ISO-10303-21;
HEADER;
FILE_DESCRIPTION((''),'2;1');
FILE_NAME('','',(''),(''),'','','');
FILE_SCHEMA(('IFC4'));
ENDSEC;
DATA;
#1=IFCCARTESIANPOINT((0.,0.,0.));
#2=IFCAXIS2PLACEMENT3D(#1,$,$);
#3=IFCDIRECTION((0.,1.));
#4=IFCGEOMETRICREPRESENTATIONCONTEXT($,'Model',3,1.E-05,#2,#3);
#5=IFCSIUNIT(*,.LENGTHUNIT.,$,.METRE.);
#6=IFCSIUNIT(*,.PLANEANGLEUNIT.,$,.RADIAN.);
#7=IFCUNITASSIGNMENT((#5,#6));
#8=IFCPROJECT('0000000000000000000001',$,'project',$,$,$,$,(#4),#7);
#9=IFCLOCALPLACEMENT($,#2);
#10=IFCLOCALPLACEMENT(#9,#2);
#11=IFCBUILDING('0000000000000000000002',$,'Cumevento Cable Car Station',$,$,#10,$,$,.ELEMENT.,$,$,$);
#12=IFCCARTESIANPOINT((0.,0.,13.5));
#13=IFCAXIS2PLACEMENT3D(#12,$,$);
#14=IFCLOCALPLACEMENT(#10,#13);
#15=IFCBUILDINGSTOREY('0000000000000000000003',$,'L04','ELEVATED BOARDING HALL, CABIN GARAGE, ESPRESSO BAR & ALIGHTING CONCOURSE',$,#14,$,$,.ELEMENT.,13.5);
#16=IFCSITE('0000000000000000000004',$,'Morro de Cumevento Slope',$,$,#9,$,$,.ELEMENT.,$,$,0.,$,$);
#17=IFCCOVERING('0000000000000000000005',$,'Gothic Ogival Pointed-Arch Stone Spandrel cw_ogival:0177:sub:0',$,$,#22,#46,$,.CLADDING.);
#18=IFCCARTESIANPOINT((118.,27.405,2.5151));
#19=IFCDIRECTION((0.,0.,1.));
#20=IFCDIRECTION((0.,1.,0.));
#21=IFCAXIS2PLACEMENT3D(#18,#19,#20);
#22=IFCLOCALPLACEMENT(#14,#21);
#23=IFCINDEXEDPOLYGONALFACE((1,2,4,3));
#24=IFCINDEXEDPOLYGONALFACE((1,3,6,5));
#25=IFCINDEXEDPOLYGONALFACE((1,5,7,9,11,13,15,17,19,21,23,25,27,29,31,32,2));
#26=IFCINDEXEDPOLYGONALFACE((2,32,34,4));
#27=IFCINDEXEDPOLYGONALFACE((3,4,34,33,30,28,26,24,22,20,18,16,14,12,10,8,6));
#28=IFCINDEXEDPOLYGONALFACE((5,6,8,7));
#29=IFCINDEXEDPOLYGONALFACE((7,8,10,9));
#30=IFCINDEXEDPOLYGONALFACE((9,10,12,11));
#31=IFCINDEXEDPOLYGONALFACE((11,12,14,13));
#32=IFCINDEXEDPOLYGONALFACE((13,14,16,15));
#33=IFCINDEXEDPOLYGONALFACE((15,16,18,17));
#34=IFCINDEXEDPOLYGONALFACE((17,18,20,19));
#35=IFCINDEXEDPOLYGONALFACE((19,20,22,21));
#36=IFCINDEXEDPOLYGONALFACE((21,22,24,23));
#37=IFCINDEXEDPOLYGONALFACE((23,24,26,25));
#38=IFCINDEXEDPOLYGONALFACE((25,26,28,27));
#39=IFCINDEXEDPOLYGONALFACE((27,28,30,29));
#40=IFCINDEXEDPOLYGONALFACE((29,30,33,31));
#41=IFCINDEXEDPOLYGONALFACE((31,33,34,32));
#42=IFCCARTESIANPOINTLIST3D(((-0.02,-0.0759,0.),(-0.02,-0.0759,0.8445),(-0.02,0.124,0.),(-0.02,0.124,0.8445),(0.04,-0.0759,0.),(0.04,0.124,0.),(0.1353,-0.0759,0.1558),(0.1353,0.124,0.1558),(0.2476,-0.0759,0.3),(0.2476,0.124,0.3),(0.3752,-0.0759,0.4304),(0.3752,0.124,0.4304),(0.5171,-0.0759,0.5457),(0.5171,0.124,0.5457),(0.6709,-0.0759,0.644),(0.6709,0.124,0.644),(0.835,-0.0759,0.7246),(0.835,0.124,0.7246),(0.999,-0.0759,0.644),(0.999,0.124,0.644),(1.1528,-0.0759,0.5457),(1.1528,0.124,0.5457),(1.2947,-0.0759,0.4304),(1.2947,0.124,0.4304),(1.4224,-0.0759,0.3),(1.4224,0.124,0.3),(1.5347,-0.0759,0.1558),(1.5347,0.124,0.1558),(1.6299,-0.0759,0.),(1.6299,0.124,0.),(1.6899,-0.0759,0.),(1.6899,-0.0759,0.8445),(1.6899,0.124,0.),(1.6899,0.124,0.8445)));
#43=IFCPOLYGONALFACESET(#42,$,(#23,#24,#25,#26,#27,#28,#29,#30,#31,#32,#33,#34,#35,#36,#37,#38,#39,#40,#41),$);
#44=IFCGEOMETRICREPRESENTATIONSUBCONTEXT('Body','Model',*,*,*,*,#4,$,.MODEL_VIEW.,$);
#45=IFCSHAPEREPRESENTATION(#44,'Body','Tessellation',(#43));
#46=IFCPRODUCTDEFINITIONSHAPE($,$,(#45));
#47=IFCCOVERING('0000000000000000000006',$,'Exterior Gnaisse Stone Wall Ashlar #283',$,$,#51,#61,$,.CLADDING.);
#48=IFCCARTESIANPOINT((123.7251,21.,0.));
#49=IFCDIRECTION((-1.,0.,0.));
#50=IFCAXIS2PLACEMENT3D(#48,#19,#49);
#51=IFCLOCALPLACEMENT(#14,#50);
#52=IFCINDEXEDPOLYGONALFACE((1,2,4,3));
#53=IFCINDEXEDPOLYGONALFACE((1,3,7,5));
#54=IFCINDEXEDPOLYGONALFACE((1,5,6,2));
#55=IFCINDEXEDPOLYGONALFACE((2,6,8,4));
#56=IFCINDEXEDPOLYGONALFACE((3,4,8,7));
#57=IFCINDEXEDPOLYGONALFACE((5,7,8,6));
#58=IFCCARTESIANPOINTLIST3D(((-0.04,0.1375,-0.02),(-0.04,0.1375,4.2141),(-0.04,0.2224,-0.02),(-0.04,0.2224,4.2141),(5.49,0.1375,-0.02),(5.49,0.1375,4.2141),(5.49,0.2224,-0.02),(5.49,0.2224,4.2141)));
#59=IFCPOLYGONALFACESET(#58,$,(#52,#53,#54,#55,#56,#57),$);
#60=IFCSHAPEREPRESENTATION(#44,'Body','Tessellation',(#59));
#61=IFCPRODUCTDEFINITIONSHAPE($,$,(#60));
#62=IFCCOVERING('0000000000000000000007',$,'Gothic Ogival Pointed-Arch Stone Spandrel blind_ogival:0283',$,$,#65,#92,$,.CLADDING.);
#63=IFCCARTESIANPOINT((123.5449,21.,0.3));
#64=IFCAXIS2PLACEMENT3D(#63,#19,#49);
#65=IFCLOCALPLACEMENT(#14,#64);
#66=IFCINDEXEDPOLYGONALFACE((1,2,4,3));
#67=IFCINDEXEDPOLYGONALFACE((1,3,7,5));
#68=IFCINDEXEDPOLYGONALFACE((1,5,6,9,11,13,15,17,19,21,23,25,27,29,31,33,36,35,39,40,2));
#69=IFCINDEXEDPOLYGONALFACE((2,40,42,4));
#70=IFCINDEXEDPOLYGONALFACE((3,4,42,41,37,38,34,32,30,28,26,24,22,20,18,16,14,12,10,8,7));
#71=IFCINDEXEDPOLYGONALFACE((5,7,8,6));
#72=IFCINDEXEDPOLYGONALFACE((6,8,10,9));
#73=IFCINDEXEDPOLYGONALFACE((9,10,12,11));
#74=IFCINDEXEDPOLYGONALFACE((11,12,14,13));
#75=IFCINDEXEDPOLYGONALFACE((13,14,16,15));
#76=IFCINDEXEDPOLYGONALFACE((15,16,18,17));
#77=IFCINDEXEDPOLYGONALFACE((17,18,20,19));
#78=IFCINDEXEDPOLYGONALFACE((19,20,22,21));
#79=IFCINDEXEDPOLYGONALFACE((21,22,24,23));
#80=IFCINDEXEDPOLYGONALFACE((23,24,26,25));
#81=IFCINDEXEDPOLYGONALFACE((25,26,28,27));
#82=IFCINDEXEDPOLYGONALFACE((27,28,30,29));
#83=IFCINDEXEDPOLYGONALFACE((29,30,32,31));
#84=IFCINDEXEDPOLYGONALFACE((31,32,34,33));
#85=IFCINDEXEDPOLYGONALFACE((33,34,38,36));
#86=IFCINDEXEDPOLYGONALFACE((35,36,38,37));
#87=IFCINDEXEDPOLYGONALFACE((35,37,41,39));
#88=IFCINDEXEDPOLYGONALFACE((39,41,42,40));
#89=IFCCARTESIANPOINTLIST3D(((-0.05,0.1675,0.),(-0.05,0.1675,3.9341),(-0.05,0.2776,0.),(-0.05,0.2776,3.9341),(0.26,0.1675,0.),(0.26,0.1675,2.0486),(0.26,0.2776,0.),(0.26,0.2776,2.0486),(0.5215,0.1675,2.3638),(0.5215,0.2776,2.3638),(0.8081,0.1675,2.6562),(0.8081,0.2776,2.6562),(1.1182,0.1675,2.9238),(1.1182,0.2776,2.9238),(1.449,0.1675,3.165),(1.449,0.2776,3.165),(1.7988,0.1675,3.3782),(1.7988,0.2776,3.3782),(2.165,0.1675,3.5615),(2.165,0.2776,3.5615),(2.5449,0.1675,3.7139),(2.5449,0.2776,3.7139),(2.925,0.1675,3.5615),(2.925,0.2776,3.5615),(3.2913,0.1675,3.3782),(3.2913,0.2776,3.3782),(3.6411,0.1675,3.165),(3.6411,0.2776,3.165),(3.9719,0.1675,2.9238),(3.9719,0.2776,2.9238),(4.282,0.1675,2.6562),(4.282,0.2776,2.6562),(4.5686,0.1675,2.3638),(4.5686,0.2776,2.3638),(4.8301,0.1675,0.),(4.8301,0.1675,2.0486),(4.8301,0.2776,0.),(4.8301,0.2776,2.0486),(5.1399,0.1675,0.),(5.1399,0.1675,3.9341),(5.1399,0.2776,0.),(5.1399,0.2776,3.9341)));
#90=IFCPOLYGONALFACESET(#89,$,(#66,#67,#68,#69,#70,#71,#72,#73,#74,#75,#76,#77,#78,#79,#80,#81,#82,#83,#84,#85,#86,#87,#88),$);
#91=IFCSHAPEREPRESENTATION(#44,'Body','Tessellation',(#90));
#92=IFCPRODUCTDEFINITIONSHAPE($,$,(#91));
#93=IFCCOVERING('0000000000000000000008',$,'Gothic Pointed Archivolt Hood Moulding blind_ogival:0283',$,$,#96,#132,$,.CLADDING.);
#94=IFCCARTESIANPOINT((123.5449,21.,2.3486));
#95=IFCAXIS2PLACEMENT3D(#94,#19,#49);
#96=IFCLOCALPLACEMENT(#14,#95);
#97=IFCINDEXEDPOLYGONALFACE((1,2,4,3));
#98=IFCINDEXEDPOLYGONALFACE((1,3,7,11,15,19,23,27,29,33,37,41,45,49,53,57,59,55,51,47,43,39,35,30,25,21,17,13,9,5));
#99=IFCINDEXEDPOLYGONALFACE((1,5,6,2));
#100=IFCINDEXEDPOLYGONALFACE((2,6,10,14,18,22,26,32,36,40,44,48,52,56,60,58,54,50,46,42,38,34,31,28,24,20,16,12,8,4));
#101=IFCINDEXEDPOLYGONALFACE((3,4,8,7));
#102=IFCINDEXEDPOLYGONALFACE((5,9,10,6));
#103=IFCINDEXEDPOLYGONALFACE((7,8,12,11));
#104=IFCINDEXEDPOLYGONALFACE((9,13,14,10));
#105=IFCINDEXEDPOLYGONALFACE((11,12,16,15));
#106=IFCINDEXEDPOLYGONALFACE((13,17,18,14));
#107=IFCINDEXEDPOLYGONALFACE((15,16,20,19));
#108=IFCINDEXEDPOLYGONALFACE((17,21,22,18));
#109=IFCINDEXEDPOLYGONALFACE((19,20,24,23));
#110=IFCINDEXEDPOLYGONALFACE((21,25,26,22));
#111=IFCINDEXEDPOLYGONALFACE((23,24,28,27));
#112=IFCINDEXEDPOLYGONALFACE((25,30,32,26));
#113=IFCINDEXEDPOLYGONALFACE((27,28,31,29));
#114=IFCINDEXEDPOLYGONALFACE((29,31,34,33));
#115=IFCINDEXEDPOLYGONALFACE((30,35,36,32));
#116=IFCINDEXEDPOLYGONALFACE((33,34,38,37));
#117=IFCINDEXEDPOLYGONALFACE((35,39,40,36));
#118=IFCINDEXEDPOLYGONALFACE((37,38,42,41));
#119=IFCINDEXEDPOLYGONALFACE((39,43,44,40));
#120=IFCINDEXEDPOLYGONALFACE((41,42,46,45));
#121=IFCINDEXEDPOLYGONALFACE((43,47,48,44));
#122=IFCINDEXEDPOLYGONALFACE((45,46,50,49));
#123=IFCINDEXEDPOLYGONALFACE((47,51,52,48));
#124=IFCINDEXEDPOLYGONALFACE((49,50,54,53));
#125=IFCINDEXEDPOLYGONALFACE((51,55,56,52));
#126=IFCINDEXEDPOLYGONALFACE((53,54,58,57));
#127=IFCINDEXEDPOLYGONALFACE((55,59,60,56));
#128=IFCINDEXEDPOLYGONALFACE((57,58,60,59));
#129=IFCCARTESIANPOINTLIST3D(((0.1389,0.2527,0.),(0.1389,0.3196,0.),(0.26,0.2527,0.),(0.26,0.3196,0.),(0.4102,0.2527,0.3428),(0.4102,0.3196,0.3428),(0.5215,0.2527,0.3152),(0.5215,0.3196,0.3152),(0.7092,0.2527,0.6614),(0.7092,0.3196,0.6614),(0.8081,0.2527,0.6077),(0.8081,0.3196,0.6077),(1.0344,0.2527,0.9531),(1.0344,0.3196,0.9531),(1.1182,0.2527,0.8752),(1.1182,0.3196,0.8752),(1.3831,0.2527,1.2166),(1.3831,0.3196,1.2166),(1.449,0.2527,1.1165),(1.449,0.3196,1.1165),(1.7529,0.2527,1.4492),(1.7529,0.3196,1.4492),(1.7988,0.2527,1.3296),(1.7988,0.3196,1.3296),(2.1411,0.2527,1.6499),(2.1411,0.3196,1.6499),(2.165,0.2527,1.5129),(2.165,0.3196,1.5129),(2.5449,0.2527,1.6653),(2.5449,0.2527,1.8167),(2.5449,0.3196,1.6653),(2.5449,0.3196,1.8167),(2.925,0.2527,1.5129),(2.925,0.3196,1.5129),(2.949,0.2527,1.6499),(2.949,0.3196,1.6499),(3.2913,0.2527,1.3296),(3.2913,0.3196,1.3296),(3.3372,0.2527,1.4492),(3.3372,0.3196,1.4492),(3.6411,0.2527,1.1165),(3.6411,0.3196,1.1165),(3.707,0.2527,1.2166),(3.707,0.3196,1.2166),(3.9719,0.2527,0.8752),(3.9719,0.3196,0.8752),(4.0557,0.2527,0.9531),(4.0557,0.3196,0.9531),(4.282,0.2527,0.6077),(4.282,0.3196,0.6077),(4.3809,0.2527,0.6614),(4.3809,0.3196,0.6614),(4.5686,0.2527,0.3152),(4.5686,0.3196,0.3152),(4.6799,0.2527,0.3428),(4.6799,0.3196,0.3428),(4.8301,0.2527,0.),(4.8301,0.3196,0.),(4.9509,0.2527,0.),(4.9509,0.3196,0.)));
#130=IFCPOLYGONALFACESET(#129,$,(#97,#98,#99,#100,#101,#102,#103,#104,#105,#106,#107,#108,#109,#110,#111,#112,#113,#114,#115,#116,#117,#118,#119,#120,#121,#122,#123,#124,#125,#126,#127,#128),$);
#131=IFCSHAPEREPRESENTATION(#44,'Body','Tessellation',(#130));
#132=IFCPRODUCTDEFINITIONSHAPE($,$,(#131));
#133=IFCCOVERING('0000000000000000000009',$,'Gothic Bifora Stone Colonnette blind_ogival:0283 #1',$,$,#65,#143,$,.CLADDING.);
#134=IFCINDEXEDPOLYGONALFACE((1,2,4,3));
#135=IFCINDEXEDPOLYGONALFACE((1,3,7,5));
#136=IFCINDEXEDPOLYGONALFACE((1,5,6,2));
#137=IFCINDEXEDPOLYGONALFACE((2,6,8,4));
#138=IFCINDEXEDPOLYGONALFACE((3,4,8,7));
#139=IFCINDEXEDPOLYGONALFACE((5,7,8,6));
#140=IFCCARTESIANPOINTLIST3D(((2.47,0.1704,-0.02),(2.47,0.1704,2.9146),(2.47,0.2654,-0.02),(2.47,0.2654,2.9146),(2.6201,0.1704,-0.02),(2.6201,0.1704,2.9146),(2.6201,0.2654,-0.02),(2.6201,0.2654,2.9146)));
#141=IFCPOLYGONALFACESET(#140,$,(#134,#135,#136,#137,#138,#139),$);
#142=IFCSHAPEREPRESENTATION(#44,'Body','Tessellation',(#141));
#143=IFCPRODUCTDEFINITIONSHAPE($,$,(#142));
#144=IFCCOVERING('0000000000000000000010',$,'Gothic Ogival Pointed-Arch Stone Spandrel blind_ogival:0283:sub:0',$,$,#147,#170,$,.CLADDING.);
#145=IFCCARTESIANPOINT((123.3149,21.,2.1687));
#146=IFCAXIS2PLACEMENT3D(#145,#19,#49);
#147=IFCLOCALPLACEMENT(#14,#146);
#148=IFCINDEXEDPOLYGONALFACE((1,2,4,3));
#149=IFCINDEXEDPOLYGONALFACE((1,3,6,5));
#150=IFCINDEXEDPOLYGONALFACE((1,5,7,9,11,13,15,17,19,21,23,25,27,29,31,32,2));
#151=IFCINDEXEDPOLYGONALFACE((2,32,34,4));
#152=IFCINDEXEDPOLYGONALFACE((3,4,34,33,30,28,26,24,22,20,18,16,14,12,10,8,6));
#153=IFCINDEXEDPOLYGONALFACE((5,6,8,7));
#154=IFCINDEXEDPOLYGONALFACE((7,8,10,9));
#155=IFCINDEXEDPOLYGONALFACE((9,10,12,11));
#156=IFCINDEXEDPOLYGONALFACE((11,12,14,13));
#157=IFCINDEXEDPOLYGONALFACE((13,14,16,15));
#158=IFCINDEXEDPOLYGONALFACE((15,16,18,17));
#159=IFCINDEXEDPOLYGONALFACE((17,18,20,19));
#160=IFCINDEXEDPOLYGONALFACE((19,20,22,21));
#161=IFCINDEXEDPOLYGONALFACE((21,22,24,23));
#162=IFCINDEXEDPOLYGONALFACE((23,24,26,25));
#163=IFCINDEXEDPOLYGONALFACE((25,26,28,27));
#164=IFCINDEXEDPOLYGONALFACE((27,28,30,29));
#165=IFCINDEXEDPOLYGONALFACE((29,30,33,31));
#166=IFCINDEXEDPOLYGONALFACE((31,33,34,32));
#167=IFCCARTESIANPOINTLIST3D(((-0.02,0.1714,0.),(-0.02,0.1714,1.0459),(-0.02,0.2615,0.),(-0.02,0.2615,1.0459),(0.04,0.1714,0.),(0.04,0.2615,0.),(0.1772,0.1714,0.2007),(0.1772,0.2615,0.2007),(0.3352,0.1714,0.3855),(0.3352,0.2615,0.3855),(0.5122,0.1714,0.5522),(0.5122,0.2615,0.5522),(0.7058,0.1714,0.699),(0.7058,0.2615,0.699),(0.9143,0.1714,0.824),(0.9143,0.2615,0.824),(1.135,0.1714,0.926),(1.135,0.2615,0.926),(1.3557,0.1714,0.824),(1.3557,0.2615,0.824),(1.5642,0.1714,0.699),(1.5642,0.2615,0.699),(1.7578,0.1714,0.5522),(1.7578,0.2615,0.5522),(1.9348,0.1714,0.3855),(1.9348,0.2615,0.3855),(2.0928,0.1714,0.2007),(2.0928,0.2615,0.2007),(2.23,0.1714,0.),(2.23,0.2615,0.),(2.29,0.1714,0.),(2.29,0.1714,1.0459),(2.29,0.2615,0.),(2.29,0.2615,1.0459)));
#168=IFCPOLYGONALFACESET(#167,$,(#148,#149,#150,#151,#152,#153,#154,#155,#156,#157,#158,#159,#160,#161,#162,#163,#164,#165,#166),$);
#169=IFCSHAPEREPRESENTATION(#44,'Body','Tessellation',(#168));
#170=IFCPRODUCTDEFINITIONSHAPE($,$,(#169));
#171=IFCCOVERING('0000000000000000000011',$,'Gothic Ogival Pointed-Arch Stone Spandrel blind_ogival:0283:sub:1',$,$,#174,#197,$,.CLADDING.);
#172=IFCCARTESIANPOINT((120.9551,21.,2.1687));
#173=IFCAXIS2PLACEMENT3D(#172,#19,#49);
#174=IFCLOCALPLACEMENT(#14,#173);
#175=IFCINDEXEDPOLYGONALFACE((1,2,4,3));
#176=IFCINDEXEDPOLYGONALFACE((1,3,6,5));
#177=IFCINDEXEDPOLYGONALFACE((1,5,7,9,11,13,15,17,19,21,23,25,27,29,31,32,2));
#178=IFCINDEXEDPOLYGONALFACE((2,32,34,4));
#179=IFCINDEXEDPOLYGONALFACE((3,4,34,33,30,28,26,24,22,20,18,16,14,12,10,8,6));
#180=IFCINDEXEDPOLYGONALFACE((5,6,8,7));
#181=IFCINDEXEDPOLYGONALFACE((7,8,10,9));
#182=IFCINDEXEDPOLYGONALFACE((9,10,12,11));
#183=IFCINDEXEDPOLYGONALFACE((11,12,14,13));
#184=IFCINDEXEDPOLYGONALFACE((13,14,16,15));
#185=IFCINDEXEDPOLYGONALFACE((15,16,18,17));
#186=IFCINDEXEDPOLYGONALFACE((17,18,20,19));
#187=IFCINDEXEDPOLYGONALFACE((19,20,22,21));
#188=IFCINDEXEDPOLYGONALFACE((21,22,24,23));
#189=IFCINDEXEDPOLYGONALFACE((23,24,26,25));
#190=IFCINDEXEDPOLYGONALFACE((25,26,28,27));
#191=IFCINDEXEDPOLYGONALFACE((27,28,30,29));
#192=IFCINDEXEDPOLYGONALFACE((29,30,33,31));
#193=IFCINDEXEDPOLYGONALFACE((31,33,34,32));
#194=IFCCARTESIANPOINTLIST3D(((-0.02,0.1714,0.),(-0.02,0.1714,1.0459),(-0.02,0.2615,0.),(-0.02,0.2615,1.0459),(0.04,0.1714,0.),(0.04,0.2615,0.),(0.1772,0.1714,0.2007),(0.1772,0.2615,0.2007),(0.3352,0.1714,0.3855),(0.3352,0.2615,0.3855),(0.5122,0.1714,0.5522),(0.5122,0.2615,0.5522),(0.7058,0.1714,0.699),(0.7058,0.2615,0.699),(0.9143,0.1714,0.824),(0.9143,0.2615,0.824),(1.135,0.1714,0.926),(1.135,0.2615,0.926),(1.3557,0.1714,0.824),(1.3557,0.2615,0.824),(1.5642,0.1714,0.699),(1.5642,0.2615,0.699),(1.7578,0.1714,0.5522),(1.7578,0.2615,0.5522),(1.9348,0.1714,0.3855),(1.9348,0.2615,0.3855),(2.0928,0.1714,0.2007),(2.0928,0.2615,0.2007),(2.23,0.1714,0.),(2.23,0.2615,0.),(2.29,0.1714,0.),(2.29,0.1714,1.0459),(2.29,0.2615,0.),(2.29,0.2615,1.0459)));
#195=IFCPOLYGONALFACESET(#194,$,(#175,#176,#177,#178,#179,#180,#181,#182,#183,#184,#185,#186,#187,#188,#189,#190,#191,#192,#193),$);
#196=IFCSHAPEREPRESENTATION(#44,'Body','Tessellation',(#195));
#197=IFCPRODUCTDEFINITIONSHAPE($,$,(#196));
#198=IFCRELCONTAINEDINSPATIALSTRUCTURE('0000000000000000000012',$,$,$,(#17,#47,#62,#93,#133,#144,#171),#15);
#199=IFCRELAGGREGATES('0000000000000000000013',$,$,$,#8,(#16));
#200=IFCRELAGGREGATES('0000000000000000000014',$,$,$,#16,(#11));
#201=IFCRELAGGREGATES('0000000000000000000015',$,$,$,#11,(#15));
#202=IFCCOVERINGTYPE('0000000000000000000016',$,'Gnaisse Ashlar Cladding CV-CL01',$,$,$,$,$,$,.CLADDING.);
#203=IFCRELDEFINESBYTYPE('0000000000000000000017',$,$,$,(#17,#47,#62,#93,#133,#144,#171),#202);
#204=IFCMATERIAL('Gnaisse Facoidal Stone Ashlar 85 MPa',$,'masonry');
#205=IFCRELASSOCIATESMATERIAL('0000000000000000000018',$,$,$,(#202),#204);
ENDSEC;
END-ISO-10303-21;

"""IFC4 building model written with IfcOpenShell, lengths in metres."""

from ifc_helpers import new_model, si_unit, direction, frame, origin, place, context, subcontext, project, spatial, polyline, outline, extrude, material, type_object, element, save


model = new_model("IFC4")

# Units and contexts
model_context = context("Model", 3, precision=1e-05, world=origin(), true_north=direction((0.0, 1.0)))
body_context = subcontext(model_context, "Body", "Model", "MODEL_VIEW")
ifc_project = project(units=[si_unit("LENGTHUNIT", "METRE"), si_unit("PLANEANGLEUNIT", "RADIAN")], contexts=[model_context])

# Site, building, storey
site_placement = place(None, origin())
site = spatial("IfcSite", under=ifc_project, at=site_placement, Name="Morro de Cumevento Slope", CompositionType="ELEMENT", RefElevation=0.0)
building_placement = place(site_placement, origin())
building = spatial("IfcBuilding", under=site, at=building_placement, Name="Cumevento Cable Car Station", CompositionType="ELEMENT")
storey_placement = place(building_placement, frame((0.0, 0.0, 13.5)))
storey = spatial("IfcBuildingStorey", under=building, at=storey_placement, Name="L04", Description="ELEVATED BOARDING HALL, CABIN GARAGE, ESPRESSO BAR & ALIGHTING CONCOURSE", CompositionType="ELEMENT", Elevation=13.5)

# Coverings
ifc_material_1 = material(Name="Gnaisse Facoidal Stone Ashlar 85 MPa", Category="masonry")
covering_type = type_object("IfcCoveringType", Name="Gnaisse Ashlar Cladding CV-CL01", PredefinedType="CLADDING", material=ifc_material_1)
covering_1_placement = place(storey_placement, frame((118.0, 27.405, 2.5151), z_axis=(0.0, 0.0, 1.0), x_axis=(0.0, 1.0, 0.0)))
element("IfcCovering", 1, at=covering_1_placement, inside=storey, type_object=covering_type, Name="Gothic Ogival Pointed-Arch Stone Spandrel cw_ogival:0177:sub:0", PredefinedType="CLADDING", context=body_context, shape_type="SweptSolid", body=[
    extrude(outline(polyline([(-0.02, 0.0), (-0.02, 0.8445), (1.6899, 0.8445), (1.6899, 0.0), (1.6299, 0.0), (1.5347, 0.1558), (1.4224, 0.3), (1.2947, 0.4304), (1.1528, 0.5457), (0.999, 0.644), (0.835, 0.7246), (0.6709, 0.644), (0.5171, 0.5457), (0.3752, 0.4304), (0.2476, 0.3), (0.1353, 0.1558), (0.04, 0.0), (-0.02, 0.0)])), frame((0.0, 0.124, 0.0), z_axis=(0.0, -1.0, 0.0), x_axis=(1.0, 0.0, 0.0)), (0.0, 0.0, 1.0), 0.2),
])
covering_2_placement = place(storey_placement, frame((123.7251, 21.0, 0.0), z_axis=(0.0, 0.0, 1.0), x_axis=(-1.0, 0.0, 0.0)))
element("IfcCovering", 2, at=covering_2_placement, inside=storey, type_object=covering_type, Name="Exterior Gnaisse Stone Wall Ashlar #283", PredefinedType="CLADDING", context=body_context, shape_type="SweptSolid", body=[
    extrude(outline(polyline([(-0.04, -0.02), (5.49, -0.02), (5.49, 4.2141), (-0.04, 4.2141), (-0.04, -0.02)])), frame((0.0, 0.2224, 0.0), z_axis=(0.0, -1.0, 0.0), x_axis=(1.0, 0.0, 0.0)), (0.0, 0.0, 1.0), 0.085),
])
placement = place(storey_placement, frame((123.5449, 21.0, 0.3), z_axis=(0.0, 0.0, 1.0), x_axis=(-1.0, 0.0, 0.0)))
element("IfcCovering", 3, at=placement, inside=storey, type_object=covering_type, Name="Gothic Ogival Pointed-Arch Stone Spandrel blind_ogival:0283", PredefinedType="CLADDING", context=body_context, shape_type="SweptSolid", body=[
    extrude(outline(polyline([(-0.05, 0.0), (-0.05, 3.9341), (5.1399, 3.9341), (5.1399, 0.0), (4.8301, 0.0), (4.8301, 2.0486), (4.5686, 2.3638), (4.282, 2.6562), (3.9719, 2.9238), (3.6411, 3.165), (3.2913, 3.3782), (2.925, 3.5615), (2.5449, 3.7139), (2.165, 3.5615), (1.7988, 3.3782), (1.449, 3.165), (1.1182, 2.9238), (0.8081, 2.6562), (0.5215, 2.3638), (0.26, 2.0486), (0.26, 0.0), (-0.05, 0.0)])), frame((0.0, 0.2776, 0.0), z_axis=(0.0, -1.0, 0.0), x_axis=(1.0, 0.0, 0.0)), (0.0, 0.0, 1.0), 0.1101),
])
covering_3_placement = place(storey_placement, frame((123.5449, 21.0, 2.3486), z_axis=(0.0, 0.0, 1.0), x_axis=(-1.0, 0.0, 0.0)))
element("IfcCovering", 4, at=covering_3_placement, inside=storey, type_object=covering_type, Name="Gothic Pointed Archivolt Hood Moulding blind_ogival:0283", PredefinedType="CLADDING", context=body_context, shape_type="SweptSolid", body=[
    extrude(outline(polyline([(0.26, 0.0), (0.5215, 0.3152), (0.8081, 0.6077), (1.1182, 0.8752), (1.449, 1.1165), (1.7988, 1.3296), (2.165, 1.5129), (2.5449, 1.6653), (2.925, 1.5129), (3.2913, 1.3296), (3.6411, 1.1165), (3.9719, 0.8752), (4.282, 0.6077), (4.5686, 0.3152), (4.8301, 0.0), (4.9509, 0.0), (4.6799, 0.3428), (4.3809, 0.6614), (4.0557, 0.9531), (3.707, 1.2166), (3.3372, 1.4492), (2.949, 1.6499), (2.5449, 1.8167), (2.1411, 1.6499), (1.7529, 1.4492), (1.3831, 1.2166), (1.0344, 0.9531), (0.7092, 0.6614), (0.4102, 0.3428), (0.1389, 0.0), (0.26, 0.0)])), frame((0.0, 0.3196, 0.0), z_axis=(0.0, -1.0, 0.0), x_axis=(1.0, 0.0, 0.0)), (0.0, 0.0, 1.0), 0.0669),
])
element("IfcCovering", 5, at=placement, inside=storey, type_object=covering_type, Name="Gothic Bifora Stone Colonnette blind_ogival:0283 #1", PredefinedType="CLADDING", context=body_context, shape_type="SweptSolid", body=[
    extrude(outline(polyline([(2.47, -0.02), (2.6201, -0.02), (2.6201, 2.9146), (2.47, 2.9146), (2.47, -0.02)])), frame((0.0, 0.2654, 0.0), z_axis=(0.0, -1.0, 0.0), x_axis=(1.0, 0.0, 0.0)), (0.0, 0.0, 1.0), 0.095),
])
for number, where, z_axis, x_axis, name in (
    (6, (123.3149, 21.0, 2.1687), (0.0, 0.0, 1.0), (-1.0, 0.0, 0.0), "Gothic Ogival Pointed-Arch Stone Spandrel blind_ogival:0283:sub:0"),
    (7, (120.9551, 21.0, 2.1687), (0.0, 0.0, 1.0), (-1.0, 0.0, 0.0), "Gothic Ogival Pointed-Arch Stone Spandrel blind_ogival:0283:sub:1"),
):
    element("IfcCovering", number, at=place(storey_placement, frame(where, z_axis=z_axis, x_axis=x_axis)), inside=storey, type_object=covering_type, Name=name, PredefinedType="CLADDING", context=body_context, shape_type="SweptSolid", body=[
        extrude(outline(polyline([(-0.02, 0.0), (-0.02, 1.0459), (2.29, 1.0459), (2.29, 0.0), (2.23, 0.0), (2.0928, 0.2007), (1.9348, 0.3855), (1.7578, 0.5522), (1.5642, 0.699), (1.3557, 0.824), (1.135, 0.926), (0.9143, 0.824), (0.7058, 0.699), (0.5122, 0.5522), (0.3352, 0.3855), (0.1772, 0.2007), (0.04, 0.0), (-0.02, 0.0)])), frame((0.0, 0.2615, 0.0), z_axis=(0.0, -1.0, 0.0), x_axis=(1.0, 0.0, 0.0)), (0.0, 0.0, 1.0), 0.0901),
    ])

save(model, "model.ifc")
